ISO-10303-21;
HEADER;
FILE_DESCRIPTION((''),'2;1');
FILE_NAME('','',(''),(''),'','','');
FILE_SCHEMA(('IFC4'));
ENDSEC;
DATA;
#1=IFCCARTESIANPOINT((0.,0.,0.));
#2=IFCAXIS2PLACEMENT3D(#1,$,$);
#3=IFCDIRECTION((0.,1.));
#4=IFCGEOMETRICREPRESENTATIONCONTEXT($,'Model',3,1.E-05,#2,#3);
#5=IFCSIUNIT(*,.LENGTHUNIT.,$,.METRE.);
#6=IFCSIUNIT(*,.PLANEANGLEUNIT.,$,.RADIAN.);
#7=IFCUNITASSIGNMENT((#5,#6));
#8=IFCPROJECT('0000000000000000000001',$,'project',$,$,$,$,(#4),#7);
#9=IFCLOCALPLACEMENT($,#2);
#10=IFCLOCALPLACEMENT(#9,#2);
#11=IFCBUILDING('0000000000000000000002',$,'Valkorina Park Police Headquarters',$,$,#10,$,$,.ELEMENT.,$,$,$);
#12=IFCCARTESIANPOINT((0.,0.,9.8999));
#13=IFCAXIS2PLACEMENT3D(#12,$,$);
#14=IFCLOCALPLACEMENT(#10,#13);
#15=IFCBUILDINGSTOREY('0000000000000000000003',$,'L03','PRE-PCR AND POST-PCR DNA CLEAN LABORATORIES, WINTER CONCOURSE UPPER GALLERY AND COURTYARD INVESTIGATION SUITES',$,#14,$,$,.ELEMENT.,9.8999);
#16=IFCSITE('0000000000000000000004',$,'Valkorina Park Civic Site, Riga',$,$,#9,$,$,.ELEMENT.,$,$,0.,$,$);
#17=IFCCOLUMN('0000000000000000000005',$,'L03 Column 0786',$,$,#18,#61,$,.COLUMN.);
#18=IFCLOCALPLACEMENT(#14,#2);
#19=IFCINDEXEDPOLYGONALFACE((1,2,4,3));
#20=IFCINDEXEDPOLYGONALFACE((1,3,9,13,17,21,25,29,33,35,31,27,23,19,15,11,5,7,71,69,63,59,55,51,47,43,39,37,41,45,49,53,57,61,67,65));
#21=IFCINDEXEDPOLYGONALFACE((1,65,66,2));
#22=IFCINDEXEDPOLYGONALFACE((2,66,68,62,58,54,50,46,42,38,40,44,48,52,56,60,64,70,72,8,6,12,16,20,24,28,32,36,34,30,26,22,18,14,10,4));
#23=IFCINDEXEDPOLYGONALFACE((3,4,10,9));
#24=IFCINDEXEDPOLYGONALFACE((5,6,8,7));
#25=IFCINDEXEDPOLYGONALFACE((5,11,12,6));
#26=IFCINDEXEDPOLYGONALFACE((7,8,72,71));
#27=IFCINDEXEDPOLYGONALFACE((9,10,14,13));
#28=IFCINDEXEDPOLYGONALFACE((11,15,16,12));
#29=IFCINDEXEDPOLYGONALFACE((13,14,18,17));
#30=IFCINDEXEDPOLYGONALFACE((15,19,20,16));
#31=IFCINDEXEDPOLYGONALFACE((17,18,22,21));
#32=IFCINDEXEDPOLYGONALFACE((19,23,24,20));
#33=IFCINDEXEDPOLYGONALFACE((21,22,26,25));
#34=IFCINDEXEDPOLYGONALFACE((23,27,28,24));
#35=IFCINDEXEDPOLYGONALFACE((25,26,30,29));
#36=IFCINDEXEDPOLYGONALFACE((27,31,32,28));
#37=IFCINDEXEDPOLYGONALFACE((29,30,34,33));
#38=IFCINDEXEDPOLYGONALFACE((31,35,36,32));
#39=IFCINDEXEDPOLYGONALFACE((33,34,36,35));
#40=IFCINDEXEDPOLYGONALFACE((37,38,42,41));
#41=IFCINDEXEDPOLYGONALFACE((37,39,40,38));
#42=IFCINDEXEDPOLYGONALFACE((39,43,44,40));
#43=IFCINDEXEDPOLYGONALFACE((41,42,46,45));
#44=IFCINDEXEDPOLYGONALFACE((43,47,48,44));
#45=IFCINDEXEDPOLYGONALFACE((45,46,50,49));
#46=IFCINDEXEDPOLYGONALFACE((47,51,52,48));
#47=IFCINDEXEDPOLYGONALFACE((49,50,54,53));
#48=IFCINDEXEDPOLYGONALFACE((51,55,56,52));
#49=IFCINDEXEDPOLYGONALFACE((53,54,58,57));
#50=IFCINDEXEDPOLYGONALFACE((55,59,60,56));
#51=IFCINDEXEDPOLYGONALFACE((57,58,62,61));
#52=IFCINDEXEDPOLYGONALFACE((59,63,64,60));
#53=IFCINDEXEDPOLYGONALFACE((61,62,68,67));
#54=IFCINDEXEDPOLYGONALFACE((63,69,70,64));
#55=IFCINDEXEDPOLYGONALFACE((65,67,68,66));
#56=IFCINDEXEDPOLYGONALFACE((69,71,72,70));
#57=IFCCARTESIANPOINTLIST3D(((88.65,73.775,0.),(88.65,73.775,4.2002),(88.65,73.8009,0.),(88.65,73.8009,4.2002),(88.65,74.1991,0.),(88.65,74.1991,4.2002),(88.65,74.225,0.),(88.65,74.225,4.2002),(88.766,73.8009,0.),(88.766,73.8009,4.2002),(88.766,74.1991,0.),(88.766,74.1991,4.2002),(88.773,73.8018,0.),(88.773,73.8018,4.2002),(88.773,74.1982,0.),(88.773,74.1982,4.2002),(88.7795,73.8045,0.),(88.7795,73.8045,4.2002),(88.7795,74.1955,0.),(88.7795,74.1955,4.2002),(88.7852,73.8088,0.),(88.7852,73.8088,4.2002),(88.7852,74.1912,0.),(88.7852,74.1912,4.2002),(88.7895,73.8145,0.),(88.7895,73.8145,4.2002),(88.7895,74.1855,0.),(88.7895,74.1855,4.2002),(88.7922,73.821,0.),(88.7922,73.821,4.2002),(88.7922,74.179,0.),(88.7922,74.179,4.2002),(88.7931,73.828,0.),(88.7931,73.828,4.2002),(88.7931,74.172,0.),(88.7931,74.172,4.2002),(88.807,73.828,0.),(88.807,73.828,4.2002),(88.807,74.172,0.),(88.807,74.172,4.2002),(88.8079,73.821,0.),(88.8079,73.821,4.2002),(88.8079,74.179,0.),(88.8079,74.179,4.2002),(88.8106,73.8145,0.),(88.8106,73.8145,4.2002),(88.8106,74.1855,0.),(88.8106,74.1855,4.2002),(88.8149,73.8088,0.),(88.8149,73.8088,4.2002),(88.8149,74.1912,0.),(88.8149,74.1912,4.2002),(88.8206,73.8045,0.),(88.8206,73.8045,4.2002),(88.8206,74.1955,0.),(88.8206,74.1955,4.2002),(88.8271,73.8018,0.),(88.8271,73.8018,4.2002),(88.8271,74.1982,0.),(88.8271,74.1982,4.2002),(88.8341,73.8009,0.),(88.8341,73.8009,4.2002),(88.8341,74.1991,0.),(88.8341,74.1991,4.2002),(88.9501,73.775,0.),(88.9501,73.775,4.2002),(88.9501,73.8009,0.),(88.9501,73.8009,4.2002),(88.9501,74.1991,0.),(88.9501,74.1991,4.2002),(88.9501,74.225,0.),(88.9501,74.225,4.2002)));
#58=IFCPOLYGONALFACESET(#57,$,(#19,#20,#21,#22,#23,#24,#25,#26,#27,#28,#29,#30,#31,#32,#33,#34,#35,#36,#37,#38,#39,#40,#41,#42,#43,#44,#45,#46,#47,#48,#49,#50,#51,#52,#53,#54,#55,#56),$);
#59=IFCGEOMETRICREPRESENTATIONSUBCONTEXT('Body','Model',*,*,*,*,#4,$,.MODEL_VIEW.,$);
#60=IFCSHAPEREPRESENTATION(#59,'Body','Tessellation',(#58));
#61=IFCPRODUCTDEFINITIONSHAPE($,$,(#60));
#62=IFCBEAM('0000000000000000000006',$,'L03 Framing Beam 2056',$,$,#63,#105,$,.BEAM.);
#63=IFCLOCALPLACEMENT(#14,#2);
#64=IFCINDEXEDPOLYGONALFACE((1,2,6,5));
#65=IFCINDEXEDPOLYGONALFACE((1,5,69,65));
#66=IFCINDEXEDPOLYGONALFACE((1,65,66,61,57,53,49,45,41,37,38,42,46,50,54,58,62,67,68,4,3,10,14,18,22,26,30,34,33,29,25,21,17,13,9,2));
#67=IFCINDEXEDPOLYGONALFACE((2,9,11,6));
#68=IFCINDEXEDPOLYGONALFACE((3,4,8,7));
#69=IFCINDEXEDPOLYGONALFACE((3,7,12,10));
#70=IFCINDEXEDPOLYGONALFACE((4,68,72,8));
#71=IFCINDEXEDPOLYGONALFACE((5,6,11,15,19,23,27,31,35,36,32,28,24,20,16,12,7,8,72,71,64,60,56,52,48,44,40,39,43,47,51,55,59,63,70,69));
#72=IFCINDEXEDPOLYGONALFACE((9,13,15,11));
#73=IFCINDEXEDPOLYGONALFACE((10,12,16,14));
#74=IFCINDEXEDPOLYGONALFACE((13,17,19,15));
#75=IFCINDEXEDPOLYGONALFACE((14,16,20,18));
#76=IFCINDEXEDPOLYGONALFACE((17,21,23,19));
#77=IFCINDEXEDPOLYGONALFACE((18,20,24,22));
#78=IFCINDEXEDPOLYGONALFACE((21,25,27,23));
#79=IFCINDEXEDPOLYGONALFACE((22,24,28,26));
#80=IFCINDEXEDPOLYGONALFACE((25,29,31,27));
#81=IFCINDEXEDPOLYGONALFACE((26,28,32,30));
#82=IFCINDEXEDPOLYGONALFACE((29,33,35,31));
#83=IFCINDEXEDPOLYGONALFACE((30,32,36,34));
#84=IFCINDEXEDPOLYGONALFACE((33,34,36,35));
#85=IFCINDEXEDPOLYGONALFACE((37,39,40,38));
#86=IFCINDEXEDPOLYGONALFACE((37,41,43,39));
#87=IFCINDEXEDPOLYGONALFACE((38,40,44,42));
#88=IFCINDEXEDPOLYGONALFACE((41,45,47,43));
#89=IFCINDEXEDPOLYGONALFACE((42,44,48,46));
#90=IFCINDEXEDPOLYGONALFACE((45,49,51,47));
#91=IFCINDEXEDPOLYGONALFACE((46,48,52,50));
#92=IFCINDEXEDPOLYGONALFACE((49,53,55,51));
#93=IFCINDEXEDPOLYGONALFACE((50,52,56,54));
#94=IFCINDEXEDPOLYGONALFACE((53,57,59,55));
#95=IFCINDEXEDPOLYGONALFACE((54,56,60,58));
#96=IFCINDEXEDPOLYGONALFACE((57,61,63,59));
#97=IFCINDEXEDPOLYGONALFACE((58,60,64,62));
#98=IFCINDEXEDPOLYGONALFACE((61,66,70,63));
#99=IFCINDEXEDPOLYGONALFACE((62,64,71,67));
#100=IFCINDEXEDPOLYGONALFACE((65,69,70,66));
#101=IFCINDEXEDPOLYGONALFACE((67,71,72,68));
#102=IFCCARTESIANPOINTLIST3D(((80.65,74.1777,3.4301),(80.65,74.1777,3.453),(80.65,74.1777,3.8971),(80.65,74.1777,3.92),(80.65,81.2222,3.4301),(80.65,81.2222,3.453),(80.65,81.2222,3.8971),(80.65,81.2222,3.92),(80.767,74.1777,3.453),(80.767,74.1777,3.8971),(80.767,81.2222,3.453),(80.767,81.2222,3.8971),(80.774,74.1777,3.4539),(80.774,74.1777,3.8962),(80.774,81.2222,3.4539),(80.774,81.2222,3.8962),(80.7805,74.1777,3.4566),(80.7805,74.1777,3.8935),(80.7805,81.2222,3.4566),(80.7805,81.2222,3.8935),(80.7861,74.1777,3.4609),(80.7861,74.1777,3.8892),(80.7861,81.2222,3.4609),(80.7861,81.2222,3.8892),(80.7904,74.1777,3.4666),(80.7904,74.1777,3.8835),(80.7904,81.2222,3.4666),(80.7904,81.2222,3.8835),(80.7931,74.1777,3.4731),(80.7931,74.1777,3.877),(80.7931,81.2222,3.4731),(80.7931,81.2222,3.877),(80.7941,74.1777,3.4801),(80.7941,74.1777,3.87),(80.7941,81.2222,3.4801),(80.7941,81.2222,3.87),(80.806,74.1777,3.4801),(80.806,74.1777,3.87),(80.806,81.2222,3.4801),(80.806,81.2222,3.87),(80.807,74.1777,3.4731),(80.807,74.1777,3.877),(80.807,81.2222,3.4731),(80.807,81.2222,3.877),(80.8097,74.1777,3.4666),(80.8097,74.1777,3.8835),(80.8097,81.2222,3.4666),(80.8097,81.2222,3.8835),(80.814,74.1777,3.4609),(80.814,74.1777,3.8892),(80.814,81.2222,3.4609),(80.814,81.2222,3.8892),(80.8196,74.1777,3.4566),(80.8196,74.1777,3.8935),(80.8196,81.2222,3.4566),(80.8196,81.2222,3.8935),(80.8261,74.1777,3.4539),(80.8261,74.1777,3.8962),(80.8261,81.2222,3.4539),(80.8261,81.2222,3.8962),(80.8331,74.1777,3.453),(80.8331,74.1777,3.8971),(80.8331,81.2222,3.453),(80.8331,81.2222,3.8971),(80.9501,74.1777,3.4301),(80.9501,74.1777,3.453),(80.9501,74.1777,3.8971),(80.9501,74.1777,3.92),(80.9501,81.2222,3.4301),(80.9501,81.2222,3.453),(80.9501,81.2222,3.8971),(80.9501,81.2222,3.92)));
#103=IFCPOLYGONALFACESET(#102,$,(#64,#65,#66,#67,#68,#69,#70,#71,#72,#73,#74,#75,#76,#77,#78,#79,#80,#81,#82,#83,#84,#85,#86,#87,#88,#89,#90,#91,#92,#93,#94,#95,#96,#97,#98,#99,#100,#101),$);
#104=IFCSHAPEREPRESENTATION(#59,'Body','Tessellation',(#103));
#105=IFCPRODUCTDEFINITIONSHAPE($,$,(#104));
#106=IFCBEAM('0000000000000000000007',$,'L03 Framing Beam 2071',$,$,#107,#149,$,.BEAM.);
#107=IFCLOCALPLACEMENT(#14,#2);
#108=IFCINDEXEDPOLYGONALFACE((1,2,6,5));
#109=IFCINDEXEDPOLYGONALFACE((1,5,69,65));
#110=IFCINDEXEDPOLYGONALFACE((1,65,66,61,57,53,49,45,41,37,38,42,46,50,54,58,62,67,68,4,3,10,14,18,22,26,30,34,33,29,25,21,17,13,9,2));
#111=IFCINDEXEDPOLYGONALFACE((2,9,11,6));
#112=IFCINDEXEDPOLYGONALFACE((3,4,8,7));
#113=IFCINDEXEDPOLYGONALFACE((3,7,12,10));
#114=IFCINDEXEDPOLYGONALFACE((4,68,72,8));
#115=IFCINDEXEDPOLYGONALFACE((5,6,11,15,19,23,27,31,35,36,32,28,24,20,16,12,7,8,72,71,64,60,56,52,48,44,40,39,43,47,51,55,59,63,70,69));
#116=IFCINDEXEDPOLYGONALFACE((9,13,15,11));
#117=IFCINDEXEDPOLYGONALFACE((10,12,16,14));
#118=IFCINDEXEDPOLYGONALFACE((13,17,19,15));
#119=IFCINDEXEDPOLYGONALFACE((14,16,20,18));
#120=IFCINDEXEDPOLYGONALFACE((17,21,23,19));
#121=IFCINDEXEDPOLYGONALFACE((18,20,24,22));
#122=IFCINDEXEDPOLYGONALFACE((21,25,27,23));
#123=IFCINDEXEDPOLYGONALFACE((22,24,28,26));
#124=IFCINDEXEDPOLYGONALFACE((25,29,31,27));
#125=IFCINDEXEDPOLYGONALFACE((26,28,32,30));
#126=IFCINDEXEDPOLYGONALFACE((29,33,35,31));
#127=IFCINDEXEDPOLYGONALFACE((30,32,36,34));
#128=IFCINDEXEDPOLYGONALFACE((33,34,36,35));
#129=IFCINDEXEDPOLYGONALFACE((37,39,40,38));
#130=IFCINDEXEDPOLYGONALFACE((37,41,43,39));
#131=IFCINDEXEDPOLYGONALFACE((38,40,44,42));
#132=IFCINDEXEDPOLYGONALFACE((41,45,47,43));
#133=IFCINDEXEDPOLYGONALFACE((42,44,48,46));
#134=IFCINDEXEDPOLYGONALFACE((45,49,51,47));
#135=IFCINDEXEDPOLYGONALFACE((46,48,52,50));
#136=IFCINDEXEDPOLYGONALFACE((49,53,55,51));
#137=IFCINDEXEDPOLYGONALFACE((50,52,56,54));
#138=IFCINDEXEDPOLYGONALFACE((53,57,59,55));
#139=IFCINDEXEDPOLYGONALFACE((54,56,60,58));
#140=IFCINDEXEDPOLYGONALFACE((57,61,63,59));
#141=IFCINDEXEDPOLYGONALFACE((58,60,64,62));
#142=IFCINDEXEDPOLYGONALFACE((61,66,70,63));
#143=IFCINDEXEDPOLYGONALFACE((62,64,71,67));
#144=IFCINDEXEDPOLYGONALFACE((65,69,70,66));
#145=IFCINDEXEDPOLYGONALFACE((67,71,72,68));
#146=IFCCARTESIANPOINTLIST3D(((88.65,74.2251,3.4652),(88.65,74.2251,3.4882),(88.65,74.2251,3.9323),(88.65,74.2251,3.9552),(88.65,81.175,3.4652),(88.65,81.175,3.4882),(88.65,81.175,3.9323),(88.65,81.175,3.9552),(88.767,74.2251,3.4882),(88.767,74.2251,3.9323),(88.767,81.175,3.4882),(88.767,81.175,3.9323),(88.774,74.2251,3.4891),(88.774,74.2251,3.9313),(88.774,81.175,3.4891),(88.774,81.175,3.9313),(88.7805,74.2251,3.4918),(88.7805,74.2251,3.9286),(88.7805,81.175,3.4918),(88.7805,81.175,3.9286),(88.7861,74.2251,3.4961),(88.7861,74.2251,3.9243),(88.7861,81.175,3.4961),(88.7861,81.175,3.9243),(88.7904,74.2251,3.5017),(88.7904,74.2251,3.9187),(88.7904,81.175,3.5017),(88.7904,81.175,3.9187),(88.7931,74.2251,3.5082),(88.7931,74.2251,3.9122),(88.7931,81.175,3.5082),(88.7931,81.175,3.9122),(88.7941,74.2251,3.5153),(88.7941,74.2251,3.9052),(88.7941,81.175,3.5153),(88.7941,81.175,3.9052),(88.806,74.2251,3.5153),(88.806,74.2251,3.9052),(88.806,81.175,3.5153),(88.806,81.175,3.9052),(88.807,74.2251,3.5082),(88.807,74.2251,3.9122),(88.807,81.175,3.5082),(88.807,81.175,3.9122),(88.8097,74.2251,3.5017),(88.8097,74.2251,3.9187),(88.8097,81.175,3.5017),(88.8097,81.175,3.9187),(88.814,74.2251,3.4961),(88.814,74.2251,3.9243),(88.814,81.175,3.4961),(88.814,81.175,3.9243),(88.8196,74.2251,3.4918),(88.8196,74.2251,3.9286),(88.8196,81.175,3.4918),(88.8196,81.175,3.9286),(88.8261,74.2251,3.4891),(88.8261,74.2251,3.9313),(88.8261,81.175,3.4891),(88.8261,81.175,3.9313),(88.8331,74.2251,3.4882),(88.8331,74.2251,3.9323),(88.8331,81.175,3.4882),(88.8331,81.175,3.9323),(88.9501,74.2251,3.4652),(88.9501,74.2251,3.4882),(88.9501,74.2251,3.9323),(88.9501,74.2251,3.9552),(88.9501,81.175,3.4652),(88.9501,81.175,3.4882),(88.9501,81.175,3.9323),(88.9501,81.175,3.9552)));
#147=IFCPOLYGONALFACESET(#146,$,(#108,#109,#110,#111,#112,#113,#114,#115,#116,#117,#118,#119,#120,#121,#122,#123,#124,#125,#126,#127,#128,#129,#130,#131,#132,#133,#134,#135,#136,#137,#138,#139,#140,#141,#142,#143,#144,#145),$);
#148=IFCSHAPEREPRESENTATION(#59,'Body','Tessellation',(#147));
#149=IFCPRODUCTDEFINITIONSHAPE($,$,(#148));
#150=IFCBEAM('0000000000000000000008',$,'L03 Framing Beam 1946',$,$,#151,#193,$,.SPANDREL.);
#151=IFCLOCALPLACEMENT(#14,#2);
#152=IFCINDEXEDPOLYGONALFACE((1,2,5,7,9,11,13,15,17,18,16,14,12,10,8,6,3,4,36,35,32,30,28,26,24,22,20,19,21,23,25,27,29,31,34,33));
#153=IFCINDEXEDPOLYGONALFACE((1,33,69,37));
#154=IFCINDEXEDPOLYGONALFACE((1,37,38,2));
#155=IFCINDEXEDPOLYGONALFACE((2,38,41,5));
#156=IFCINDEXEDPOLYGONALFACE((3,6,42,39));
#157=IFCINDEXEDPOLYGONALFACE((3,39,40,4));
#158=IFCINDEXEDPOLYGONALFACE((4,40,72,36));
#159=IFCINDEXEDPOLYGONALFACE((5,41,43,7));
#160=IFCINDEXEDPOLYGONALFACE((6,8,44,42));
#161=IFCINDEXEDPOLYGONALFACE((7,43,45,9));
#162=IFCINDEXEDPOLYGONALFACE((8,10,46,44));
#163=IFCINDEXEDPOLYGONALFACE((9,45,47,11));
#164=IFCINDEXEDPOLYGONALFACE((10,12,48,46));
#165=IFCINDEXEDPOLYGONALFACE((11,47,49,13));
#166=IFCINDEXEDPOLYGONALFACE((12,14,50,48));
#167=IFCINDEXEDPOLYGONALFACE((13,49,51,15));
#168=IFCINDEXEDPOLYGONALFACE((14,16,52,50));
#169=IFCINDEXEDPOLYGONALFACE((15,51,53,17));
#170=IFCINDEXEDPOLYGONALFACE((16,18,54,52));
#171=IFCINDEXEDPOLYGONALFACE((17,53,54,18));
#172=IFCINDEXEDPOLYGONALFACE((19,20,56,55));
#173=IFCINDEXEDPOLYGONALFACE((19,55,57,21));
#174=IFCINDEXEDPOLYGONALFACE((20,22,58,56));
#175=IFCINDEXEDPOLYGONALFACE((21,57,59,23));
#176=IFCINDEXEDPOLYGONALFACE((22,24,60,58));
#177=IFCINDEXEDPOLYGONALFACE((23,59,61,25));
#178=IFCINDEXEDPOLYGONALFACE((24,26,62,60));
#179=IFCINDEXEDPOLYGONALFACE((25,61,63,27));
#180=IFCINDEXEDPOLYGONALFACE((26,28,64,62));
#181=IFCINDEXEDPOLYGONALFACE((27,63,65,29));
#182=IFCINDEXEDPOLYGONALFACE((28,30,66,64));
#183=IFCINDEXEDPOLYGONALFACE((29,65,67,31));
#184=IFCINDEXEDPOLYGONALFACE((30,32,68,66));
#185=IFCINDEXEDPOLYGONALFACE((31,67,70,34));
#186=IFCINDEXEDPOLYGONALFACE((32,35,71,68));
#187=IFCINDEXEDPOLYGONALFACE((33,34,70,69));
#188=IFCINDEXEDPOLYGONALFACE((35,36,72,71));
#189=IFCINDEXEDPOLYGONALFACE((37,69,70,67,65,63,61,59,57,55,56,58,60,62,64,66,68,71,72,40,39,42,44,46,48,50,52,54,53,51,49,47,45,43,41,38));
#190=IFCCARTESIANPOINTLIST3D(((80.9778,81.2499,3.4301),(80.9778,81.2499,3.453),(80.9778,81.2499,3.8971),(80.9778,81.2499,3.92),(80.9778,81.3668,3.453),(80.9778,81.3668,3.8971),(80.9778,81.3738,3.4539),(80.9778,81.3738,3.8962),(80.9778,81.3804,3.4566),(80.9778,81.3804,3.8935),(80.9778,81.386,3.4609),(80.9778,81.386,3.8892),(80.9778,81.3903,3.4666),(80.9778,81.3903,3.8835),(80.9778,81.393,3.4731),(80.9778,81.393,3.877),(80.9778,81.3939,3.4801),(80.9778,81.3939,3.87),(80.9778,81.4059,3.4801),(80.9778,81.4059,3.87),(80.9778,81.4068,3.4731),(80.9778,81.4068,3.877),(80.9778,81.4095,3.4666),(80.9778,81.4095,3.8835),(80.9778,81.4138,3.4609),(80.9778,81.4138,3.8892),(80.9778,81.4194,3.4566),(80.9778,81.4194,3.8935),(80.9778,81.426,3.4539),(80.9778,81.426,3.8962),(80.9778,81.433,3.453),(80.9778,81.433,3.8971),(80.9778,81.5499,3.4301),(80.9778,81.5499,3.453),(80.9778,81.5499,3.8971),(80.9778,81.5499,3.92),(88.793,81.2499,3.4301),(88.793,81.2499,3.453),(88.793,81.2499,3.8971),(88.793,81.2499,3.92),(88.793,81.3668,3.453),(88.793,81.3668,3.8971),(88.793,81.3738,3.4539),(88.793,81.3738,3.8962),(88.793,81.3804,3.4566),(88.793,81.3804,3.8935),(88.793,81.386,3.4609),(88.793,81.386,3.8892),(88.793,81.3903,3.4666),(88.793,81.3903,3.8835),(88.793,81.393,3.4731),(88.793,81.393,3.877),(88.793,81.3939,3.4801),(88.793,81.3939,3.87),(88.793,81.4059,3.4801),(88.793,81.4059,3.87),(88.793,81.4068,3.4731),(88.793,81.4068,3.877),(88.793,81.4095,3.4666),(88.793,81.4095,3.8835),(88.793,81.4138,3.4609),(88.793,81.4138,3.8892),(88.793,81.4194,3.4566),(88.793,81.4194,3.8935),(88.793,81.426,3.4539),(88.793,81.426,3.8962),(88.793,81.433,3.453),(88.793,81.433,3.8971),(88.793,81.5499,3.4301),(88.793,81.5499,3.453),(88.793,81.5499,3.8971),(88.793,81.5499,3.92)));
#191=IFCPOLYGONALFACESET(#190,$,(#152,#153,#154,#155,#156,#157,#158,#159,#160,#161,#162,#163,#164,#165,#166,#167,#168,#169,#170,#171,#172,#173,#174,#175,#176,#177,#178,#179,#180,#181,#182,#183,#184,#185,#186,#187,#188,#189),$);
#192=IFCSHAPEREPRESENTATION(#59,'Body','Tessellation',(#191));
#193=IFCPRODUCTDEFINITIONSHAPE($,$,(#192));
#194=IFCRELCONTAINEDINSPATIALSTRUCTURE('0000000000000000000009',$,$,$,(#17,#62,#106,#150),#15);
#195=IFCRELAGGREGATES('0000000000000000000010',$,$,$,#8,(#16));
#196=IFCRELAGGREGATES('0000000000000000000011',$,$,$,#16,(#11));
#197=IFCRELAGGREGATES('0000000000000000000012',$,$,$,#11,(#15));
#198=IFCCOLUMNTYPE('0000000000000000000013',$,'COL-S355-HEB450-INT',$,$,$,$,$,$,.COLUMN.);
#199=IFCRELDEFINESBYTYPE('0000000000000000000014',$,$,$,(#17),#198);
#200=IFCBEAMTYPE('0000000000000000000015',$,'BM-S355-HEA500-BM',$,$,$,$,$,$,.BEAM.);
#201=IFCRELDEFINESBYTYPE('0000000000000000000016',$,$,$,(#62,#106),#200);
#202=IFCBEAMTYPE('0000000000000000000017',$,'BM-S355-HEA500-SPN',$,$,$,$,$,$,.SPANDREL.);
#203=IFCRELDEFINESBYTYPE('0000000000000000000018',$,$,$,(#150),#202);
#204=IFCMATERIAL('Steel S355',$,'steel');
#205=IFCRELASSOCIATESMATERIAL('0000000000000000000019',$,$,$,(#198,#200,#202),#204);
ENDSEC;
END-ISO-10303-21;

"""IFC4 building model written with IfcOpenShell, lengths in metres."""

from ifc_helpers import new_model, si_unit, direction, frame, origin, origin_2d, place, context, subcontext, project, spatial, i_section, extrude, material, material_profile, profile_set, type_object, element, save


model = new_model("IFC4")

# Units and contexts
model_context = context("Model", 3, precision=1e-05, world=origin(), true_north=direction((0.0, 1.0)))
body_context = subcontext(model_context, "Body", "Model", "MODEL_VIEW")
ifc_project = project(units=[si_unit("LENGTHUNIT", "METRE"), si_unit("PLANEANGLEUNIT", "RADIAN")], contexts=[model_context])

# Site, building, storey
site_placement = place(None, origin())
site = spatial("IfcSite", under=ifc_project, at=site_placement, Name="Valkorina Park Civic Site, Riga", CompositionType="ELEMENT", RefElevation=0.0)
building_placement = place(site_placement, origin())
building = spatial("IfcBuilding", under=site, at=building_placement, Name="Valkorina Park Police Headquarters", CompositionType="ELEMENT")
storey_placement = place(building_placement, frame((0.0, 0.0, 9.8999)))
storey = spatial("IfcBuildingStorey", under=building, at=storey_placement, Name="L03", Description="PRE-PCR AND POST-PCR DNA CLEAN LABORATORIES, WINTER CONCOURSE UPPER GALLERY AND COURTYARD INVESTIGATION SUITES", CompositionType="ELEMENT", Elevation=9.8999)

# Column
ifc_material_1 = material(Name="Steel S355", Category="steel")
ifc_material_profile_1 = material_profile(ifc_material_1, i_section(OverallWidth=0.3, OverallDepth=0.45, WebThickness=0.0139, FlangeThickness=0.0259, FilletRadius=0.0271, at=origin_2d()), Name="HEB 450")
ifc_profile_set_1 = profile_set([ifc_material_profile_1], Name="Steel S355")
column_type_1 = type_object("IfcColumnType", Name="COL-S355-HEB450-INT", PredefinedType="COLUMN", material=ifc_profile_set_1)
column_1_placement = place(storey_placement, frame((88.8, 74.0, 0.0), z_axis=(0.0, 0.0, 1.0), x_axis=(1.0, 0.0, 0.0)))
element("IfcColumn", 1, at=column_1_placement, inside=storey, type_object=column_type_1, Name="L03 Column 0786", PredefinedType="COLUMN", context=body_context, shape_type="SweptSolid", body=[
    extrude(i_section(OverallWidth=0.3, OverallDepth=0.45, WebThickness=0.0139, FlangeThickness=0.0259, FilletRadius=0.0271, at=origin_2d()), origin(), (0.0, 0.0, 1.0), 4.2002),
])

# Beams
ifc_material_profile_2 = material_profile(ifc_material_1, i_section(OverallWidth=0.3, OverallDepth=0.49, WebThickness=0.012, FlangeThickness=0.0229, FilletRadius=0.0271, at=origin_2d()), Name="HEA 500")
ifc_profile_set_2 = profile_set([ifc_material_profile_2], Name="Steel S355")
beam_type_1 = type_object("IfcBeamType", Name="BM-S355-HEA500-BM", PredefinedType="BEAM", material=ifc_profile_set_2)
beam_1_placement = place(storey_placement, frame((80.8, 74.1777, 3.675), z_axis=(0.0, 1.0, 0.0), x_axis=(-1.0, 0.0, 0.0)))
element("IfcBeam", 2, at=beam_1_placement, inside=storey, type_object=beam_type_1, Name="L03 Framing Beam 2056", PredefinedType="BEAM", context=body_context, shape_type="SweptSolid", body=[
    extrude(i_section(OverallWidth=0.3, OverallDepth=0.49, WebThickness=0.012, FlangeThickness=0.0229, FilletRadius=0.0271, at=origin_2d()), origin(), (0.0, 0.0, 1.0), 7.0444),
])
beam_2_placement = place(storey_placement, frame((88.8, 74.2251, 3.7102), z_axis=(0.0, 1.0, 0.0), x_axis=(-1.0, 0.0, 0.0)))
element("IfcBeam", 3, at=beam_2_placement, inside=storey, type_object=beam_type_1, Name="L03 Framing Beam 2071", PredefinedType="BEAM", context=body_context, shape_type="SweptSolid", body=[
    extrude(i_section(OverallWidth=0.3, OverallDepth=0.49, WebThickness=0.012, FlangeThickness=0.0229, FilletRadius=0.0271, at=origin_2d()), origin(), (0.0, 0.0, 1.0), 6.95),
])
ifc_material_profile_3 = material_profile(ifc_material_1, i_section(OverallWidth=0.3, OverallDepth=0.49, WebThickness=0.012, FlangeThickness=0.0229, FilletRadius=0.0271, at=origin_2d()), Name="HEA 500")
ifc_profile_set_3 = profile_set([ifc_material_profile_3], Name="Steel S355")
beam_type_2 = type_object("IfcBeamType", Name="BM-S355-HEA500-SPN", PredefinedType="SPANDREL", material=ifc_profile_set_3)
beam_3_placement = place(storey_placement, frame((80.9778, 81.3999, 3.675), z_axis=(1.0, 0.0, 0.0), x_axis=(0.0, 1.0, 0.0)))
element("IfcBeam", 4, at=beam_3_placement, inside=storey, type_object=beam_type_2, Name="L03 Framing Beam 1946", PredefinedType="SPANDREL", context=body_context, shape_type="SweptSolid", body=[
    extrude(i_section(OverallWidth=0.3, OverallDepth=0.49, WebThickness=0.012, FlangeThickness=0.0229, FilletRadius=0.0271, at=origin_2d()), origin(), (0.0, 0.0, 1.0), 7.8152),
])

save(model, "model.ifc")
